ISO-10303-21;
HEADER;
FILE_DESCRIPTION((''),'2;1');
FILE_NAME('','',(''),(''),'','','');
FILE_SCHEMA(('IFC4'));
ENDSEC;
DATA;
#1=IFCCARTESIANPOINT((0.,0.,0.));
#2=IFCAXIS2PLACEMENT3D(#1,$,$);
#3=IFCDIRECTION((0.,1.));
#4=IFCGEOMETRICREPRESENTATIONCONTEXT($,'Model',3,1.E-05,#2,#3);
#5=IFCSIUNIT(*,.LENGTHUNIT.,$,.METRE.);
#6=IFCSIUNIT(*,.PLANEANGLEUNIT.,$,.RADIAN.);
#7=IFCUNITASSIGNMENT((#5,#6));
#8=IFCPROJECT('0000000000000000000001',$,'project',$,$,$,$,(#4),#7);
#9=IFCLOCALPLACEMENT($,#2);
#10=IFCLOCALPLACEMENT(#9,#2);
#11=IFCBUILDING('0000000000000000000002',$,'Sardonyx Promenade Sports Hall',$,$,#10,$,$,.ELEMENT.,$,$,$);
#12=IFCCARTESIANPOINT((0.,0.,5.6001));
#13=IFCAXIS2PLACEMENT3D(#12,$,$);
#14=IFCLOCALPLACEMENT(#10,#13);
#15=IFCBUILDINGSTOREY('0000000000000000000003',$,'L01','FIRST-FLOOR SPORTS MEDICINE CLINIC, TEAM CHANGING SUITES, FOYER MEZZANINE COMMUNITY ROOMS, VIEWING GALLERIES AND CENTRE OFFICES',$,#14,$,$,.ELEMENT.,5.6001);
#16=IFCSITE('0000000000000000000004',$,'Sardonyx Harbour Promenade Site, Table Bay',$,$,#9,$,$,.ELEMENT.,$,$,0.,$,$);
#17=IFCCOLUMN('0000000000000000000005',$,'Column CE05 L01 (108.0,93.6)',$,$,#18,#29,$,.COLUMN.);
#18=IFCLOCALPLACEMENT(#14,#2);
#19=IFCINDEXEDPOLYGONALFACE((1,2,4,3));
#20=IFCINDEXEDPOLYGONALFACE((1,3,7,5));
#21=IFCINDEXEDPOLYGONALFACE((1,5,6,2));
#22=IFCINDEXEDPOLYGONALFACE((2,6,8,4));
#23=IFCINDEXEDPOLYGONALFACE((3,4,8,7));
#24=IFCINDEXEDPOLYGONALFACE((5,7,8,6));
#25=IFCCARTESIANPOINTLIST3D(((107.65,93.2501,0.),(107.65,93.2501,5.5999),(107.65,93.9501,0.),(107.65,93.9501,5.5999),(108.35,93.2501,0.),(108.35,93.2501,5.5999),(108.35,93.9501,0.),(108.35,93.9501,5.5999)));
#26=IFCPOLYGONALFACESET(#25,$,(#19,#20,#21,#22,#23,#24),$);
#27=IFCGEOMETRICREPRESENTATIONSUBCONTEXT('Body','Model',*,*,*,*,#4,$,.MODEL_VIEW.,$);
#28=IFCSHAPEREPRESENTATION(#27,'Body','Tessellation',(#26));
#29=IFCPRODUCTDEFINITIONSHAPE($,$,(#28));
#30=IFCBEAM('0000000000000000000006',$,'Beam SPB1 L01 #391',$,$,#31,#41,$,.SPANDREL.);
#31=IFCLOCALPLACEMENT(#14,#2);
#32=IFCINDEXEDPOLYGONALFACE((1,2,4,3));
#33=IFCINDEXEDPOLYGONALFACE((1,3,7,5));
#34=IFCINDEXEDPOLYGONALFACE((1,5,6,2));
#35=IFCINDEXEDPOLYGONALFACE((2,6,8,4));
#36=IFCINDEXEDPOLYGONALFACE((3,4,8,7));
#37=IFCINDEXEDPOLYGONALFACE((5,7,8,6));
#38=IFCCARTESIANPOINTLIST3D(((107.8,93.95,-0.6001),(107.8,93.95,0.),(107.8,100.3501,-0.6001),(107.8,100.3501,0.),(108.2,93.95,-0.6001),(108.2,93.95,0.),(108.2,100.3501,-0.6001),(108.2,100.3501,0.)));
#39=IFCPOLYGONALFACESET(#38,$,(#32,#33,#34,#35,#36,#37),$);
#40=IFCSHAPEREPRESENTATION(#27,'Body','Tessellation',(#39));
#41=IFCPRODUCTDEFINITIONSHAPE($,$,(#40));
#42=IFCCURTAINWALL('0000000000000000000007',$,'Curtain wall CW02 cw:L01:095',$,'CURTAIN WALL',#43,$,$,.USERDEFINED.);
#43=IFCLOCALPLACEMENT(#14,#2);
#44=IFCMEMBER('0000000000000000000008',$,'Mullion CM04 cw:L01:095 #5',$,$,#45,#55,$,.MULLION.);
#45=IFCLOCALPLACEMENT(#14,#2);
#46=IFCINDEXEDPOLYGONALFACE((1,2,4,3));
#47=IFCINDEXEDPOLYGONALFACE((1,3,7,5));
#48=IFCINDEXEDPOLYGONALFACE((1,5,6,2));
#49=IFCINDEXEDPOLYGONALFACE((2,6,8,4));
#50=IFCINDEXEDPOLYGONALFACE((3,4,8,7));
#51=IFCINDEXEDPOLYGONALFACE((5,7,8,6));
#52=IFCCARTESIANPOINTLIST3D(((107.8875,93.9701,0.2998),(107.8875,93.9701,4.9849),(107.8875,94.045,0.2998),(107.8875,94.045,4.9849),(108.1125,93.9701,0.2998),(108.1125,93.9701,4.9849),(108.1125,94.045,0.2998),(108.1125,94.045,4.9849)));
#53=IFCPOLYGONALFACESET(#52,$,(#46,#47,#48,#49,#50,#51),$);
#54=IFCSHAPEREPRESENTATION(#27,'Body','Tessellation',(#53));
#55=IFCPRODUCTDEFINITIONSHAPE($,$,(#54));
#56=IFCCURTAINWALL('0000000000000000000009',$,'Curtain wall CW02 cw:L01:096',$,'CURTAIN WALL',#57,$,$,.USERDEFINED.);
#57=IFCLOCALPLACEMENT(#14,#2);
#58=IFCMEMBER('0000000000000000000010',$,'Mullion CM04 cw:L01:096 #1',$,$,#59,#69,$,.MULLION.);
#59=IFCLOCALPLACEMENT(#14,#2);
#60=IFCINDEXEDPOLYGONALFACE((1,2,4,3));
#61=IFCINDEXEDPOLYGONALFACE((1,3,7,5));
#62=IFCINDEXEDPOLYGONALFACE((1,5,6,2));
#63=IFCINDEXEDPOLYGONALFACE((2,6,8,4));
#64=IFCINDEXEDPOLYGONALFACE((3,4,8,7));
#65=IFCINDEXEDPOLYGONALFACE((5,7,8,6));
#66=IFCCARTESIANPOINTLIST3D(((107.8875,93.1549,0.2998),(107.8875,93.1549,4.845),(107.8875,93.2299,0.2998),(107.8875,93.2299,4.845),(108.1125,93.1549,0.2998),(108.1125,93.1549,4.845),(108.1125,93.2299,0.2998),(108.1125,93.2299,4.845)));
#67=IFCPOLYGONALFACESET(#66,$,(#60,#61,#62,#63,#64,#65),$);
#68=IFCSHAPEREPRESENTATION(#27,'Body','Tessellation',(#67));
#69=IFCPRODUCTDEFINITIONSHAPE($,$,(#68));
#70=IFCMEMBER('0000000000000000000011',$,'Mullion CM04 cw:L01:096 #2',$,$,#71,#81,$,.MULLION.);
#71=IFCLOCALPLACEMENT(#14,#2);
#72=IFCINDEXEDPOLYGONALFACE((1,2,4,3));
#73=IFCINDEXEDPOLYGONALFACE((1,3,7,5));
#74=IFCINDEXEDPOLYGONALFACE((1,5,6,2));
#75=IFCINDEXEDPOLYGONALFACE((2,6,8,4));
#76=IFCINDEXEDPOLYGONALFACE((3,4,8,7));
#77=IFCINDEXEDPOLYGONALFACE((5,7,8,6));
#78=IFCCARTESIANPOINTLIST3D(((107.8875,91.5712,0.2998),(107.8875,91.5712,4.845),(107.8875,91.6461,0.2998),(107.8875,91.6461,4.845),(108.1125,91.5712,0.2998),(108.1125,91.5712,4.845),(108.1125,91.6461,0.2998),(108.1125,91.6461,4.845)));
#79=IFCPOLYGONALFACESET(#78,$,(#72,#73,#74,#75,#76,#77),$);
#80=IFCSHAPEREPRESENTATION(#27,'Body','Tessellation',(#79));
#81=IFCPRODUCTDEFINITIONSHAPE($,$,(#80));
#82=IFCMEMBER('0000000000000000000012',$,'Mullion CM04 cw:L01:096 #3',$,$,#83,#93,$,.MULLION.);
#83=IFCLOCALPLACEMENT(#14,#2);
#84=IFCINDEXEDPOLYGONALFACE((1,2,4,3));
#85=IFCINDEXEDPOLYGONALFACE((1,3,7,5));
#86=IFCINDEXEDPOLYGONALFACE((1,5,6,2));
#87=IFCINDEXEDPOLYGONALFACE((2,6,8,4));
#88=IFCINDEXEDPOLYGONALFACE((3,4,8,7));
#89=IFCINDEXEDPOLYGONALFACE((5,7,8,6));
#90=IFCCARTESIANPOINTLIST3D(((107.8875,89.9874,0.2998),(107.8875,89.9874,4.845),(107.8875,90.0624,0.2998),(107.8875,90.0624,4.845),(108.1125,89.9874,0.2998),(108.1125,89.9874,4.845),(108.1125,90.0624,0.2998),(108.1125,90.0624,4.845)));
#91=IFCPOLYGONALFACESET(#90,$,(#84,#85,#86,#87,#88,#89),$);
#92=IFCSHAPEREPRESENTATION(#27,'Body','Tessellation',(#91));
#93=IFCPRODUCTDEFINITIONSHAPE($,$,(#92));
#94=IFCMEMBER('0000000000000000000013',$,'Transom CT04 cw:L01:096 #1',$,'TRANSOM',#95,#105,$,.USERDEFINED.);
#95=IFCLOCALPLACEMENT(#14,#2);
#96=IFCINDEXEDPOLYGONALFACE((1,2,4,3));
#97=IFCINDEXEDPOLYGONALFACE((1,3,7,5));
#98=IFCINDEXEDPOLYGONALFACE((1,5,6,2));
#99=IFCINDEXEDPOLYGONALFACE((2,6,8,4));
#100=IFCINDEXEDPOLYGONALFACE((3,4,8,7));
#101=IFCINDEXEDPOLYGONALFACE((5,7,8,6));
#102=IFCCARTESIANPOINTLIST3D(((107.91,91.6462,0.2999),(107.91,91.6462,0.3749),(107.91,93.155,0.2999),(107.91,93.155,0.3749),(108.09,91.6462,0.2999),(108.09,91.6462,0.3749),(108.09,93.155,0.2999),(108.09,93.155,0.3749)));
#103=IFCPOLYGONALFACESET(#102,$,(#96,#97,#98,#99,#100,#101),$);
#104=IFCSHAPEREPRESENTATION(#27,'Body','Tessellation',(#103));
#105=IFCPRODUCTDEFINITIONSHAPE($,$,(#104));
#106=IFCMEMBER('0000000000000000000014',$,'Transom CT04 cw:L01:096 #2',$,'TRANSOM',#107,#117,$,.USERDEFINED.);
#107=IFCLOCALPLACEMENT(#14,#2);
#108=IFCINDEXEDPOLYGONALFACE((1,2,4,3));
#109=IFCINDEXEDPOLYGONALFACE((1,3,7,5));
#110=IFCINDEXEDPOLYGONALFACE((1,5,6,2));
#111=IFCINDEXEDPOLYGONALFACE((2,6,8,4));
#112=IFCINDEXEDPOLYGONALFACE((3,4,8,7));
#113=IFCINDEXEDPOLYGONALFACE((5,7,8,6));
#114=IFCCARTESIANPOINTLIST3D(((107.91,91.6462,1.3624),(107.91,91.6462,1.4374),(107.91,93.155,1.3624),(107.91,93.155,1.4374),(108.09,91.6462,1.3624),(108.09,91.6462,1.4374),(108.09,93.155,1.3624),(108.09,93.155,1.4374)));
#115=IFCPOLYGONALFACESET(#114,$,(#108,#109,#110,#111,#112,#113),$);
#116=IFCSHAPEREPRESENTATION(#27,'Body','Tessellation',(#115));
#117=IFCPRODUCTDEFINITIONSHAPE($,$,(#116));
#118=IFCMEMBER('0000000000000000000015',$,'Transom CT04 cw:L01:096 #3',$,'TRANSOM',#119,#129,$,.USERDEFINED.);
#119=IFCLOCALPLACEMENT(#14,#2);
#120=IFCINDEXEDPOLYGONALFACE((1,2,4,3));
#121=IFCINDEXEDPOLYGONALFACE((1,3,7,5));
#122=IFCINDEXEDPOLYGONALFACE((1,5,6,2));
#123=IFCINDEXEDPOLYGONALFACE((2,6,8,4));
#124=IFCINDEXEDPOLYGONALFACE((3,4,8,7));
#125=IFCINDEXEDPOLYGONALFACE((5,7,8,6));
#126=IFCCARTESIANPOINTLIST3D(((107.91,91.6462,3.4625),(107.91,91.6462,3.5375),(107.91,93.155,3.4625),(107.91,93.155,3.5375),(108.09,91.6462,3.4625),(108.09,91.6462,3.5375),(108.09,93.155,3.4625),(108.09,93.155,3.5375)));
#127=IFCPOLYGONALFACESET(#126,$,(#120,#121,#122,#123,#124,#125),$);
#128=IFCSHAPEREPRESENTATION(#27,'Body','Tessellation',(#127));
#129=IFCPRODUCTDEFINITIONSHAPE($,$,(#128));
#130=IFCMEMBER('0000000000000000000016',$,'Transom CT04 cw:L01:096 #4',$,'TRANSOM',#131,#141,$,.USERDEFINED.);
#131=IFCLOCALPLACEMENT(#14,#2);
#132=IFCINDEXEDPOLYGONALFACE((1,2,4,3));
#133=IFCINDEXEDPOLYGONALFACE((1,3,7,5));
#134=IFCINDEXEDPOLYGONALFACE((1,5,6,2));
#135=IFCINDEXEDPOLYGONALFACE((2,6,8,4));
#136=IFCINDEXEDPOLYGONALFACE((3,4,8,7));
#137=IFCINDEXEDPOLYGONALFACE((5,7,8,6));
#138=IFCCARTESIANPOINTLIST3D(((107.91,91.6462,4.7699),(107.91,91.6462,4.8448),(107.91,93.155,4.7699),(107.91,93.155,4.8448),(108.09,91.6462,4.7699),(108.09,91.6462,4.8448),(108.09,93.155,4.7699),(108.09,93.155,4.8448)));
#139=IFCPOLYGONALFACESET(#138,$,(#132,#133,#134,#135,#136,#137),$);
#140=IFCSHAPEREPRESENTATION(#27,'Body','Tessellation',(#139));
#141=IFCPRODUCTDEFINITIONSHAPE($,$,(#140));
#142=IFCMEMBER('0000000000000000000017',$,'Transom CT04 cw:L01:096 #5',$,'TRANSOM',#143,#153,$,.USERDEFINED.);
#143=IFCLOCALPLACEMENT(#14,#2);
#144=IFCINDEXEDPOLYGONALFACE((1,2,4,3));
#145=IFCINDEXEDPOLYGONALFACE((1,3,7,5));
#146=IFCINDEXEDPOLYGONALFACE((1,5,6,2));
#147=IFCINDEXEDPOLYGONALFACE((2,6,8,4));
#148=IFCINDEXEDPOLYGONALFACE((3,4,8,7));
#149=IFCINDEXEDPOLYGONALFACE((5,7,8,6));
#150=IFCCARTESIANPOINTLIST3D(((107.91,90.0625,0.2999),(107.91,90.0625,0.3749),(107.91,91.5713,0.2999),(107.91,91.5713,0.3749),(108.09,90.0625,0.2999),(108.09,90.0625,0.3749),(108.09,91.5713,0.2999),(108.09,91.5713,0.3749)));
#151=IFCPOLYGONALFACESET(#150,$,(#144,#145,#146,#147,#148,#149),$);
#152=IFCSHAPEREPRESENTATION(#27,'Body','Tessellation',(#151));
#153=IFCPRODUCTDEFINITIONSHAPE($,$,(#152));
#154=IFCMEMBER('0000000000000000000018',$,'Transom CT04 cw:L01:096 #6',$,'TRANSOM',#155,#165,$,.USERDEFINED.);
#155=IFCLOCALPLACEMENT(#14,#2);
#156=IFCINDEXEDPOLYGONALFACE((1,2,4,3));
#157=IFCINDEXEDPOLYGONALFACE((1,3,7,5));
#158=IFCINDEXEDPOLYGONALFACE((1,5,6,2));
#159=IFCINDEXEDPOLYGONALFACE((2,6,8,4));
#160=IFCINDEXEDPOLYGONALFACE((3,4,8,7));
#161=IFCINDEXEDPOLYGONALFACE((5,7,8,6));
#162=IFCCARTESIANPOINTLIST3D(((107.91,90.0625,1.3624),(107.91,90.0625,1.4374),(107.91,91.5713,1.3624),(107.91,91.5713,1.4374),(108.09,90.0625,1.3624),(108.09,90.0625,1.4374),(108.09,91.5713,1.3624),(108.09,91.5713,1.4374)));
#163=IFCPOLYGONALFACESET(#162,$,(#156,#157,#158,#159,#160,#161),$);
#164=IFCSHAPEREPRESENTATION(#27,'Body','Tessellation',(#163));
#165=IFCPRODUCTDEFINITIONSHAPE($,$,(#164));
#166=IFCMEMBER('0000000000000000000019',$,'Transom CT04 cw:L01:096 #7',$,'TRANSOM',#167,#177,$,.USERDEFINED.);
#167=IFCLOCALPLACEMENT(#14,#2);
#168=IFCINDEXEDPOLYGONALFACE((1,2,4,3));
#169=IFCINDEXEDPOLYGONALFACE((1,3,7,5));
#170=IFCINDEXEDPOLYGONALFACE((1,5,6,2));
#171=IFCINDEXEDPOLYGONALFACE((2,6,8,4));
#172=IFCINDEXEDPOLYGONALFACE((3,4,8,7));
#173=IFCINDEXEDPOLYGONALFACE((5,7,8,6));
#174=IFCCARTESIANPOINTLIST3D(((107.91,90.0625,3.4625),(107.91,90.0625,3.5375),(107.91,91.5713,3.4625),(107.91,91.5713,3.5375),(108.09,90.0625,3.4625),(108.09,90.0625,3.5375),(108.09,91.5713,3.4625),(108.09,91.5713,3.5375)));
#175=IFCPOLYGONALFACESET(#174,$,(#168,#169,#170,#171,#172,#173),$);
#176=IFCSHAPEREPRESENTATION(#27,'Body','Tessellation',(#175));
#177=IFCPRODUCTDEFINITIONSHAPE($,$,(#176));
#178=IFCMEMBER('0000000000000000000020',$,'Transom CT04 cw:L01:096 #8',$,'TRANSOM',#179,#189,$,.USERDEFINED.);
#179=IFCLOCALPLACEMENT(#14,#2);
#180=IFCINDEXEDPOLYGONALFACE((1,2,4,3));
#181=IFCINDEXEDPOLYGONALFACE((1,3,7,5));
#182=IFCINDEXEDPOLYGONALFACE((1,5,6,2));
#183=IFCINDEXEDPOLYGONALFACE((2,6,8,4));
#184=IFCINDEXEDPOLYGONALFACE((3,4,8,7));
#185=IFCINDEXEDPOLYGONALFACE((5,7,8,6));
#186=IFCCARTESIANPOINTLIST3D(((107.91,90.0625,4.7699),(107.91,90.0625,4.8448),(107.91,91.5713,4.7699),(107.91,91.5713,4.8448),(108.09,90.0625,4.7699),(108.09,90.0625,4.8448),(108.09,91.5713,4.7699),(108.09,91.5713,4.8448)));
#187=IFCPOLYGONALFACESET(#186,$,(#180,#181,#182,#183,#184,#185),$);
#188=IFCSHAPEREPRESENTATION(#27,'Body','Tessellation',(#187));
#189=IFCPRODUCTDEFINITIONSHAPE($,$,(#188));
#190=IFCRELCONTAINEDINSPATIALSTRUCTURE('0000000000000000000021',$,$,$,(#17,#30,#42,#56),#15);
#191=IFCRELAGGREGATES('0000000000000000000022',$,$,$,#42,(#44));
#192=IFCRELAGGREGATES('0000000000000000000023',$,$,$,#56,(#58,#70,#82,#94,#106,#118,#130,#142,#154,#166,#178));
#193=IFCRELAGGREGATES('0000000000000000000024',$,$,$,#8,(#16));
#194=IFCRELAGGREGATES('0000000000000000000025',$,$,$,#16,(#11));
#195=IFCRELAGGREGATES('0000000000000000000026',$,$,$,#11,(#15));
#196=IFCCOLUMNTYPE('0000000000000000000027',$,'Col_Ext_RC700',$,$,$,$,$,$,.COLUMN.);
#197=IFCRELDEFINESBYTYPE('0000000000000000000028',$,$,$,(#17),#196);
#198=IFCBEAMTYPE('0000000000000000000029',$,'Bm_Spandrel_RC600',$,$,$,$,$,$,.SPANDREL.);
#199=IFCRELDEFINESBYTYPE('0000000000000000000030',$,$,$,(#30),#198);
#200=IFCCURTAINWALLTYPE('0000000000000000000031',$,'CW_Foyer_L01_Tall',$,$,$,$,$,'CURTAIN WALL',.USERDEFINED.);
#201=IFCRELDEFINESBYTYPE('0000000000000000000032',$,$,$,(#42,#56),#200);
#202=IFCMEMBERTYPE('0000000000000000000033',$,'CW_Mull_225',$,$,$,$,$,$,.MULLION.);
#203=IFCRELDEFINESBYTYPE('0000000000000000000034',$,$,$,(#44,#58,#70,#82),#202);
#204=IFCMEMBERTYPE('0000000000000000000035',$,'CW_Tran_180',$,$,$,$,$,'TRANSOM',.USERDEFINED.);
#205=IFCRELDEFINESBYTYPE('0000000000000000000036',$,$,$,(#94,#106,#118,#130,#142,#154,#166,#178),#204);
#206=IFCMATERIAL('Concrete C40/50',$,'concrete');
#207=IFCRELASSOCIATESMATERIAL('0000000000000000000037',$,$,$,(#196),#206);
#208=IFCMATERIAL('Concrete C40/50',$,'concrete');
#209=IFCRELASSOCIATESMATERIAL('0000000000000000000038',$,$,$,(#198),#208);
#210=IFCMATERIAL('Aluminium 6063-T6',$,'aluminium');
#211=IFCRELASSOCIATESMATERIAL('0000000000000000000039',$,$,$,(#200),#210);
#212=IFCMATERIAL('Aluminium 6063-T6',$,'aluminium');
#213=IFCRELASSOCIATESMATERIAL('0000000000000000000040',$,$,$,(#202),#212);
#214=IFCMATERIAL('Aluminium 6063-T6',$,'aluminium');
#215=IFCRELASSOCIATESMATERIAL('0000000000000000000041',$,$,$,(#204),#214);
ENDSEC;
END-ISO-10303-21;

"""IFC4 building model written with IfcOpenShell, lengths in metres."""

from ifc_helpers import new_model, si_unit, direction, frame, origin, origin_2d, place, context, subcontext, project, spatial, rectangle, extrude, material, material_profile, profile_set, type_object, element, aggregate, save


model = new_model("IFC4")

# Units and contexts
model_context = context("Model", 3, precision=1e-05, world=origin(), true_north=direction((0.0, 1.0)))
body_context = subcontext(model_context, "Body", "Model", "MODEL_VIEW")
ifc_project = project(units=[si_unit("LENGTHUNIT", "METRE"), si_unit("PLANEANGLEUNIT", "RADIAN")], contexts=[model_context])

# Site, building, storey
site_placement = place(None, origin())
site = spatial("IfcSite", under=ifc_project, at=site_placement, Name="Sardonyx Harbour Promenade Site, Table Bay", CompositionType="ELEMENT", RefElevation=0.0)
building_placement = place(site_placement, origin())
building = spatial("IfcBuilding", under=site, at=building_placement, Name="Sardonyx Promenade Sports Hall", CompositionType="ELEMENT")
storey_placement = place(building_placement, frame((0.0, 0.0, 5.6001)))
storey = spatial("IfcBuildingStorey", under=building, at=storey_placement, Name="L01", Description="FIRST-FLOOR SPORTS MEDICINE CLINIC, TEAM CHANGING SUITES, FOYER MEZZANINE COMMUNITY ROOMS, VIEWING GALLERIES AND CENTRE OFFICES", CompositionType="ELEMENT", Elevation=5.6001)

# Column
ifc_material_1 = material(Name="Concrete C40/50", Category="concrete")
ifc_material_profile_1 = material_profile(ifc_material_1, rectangle(XDim=0.7, YDim=0.7, at=origin_2d()))
ifc_profile_set_1 = profile_set([ifc_material_profile_1], Name="Concrete C40/50")
column_type = type_object("IfcColumnType", Name="Col_Ext_RC700", PredefinedType="COLUMN", material=ifc_profile_set_1)
column_placement = place(storey_placement, frame((108.0, 93.6001, 0.0), z_axis=(0.0, 0.0, 1.0), x_axis=(1.0, 0.0, 0.0)))
element("IfcColumn", 1, at=column_placement, inside=storey, type_object=column_type, Name="Column CE05 L01 (108.0,93.6)", PredefinedType="COLUMN", context=body_context, shape_type="SweptSolid", body=[
    extrude(rectangle(XDim=0.7, YDim=0.7, at=origin_2d()), origin(), (0.0, 0.0, 1.0), 5.5999),
])

# Beam
ifc_material_2 = material(Name="Concrete C40/50", Category="concrete")
ifc_material_profile_2 = material_profile(ifc_material_2, rectangle(XDim=0.3999, YDim=0.6001, at=origin_2d()))
ifc_profile_set_2 = profile_set([ifc_material_profile_2], Name="Concrete C40/50")
beam_type = type_object("IfcBeamType", Name="Bm_Spandrel_RC600", PredefinedType="SPANDREL", material=ifc_profile_set_2)
beam_placement = place(storey_placement, frame((108.0, 93.95, -0.3), z_axis=(0.0, 1.0, 0.0), x_axis=(-1.0, 0.0, 0.0)))
element("IfcBeam", 2, at=beam_placement, inside=storey, type_object=beam_type, Name="Beam SPB1 L01 #391", PredefinedType="SPANDREL", context=body_context, shape_type="SweptSolid", body=[
    extrude(rectangle(XDim=0.3999, YDim=0.6001, at=origin_2d()), origin(), (0.0, 0.0, 1.0), 6.4001),
])

# Curtain wall, member
ifc_material_3 = material(Name="Aluminium 6063-T6", Category="aluminium")
curtain_wall_type = type_object("IfcCurtainWallType", Name="CW_Foyer_L01_Tall", ElementType="CURTAIN WALL", PredefinedType="USERDEFINED", material=ifc_material_3)
curtain_wall_1_placement = place(storey_placement, origin())
curtain_wall_1 = element("IfcCurtainWall", 3, at=curtain_wall_1_placement, inside=storey, type_object=curtain_wall_type, Name="Curtain wall CW02 cw:L01:095", ObjectType="CURTAIN WALL", PredefinedType="USERDEFINED")
ifc_material_4 = material(Name="Aluminium 6063-T6", Category="aluminium")
ifc_material_profile_3 = material_profile(ifc_material_4, rectangle(XDim=0.075, YDim=0.2251, at=origin_2d()))
ifc_profile_set_3 = profile_set([ifc_material_profile_3], Name="Aluminium 6063-T6")
member_type_1 = type_object("IfcMemberType", Name="CW_Mull_225", PredefinedType="MULLION", material=ifc_profile_set_3)
member_1_placement = place(storey_placement, frame((108.0, 94.0076, 0.2998), z_axis=(0.0, 0.0, 1.0), x_axis=(0.0, -1.0, 0.0)))
member_1 = element("IfcMember", 4, at=member_1_placement, type_object=member_type_1, Name="Mullion CM04 cw:L01:095 #5", PredefinedType="MULLION", context=body_context, shape_type="SweptSolid", body=[
    extrude(rectangle(XDim=0.075, YDim=0.2251, at=origin_2d()), origin(), (0.0, 0.0, 1.0), 4.6851),
])

# Curtain wall, members
curtain_wall_2_placement = place(storey_placement, origin())
curtain_wall_2 = element("IfcCurtainWall", 5, at=curtain_wall_2_placement, inside=storey, type_object=curtain_wall_type, Name="Curtain wall CW02 cw:L01:096", ObjectType="CURTAIN WALL", PredefinedType="USERDEFINED")
member_2_placement = place(storey_placement, frame((108.0, 93.1924, 0.2998), z_axis=(0.0, 0.0, 1.0), x_axis=(0.0, -1.0, 0.0)))
member_2 = element("IfcMember", 6, at=member_2_placement, type_object=member_type_1, Name="Mullion CM04 cw:L01:096 #1", PredefinedType="MULLION", context=body_context, shape_type="SweptSolid", body=[
    extrude(rectangle(XDim=0.075, YDim=0.2251, at=origin_2d()), origin(), (0.0, 0.0, 1.0), 4.5452),
])
member_3_placement = place(storey_placement, frame((108.0, 91.6086, 0.2998), z_axis=(0.0, 0.0, 1.0), x_axis=(0.0, -1.0, 0.0)))
member_3 = element("IfcMember", 7, at=member_3_placement, type_object=member_type_1, Name="Mullion CM04 cw:L01:096 #2", PredefinedType="MULLION", context=body_context, shape_type="SweptSolid", body=[
    extrude(rectangle(XDim=0.075, YDim=0.2251, at=origin_2d()), origin(), (0.0, 0.0, 1.0), 4.5452),
])
member_4_placement = place(storey_placement, frame((108.0, 90.0249, 0.2998), z_axis=(0.0, 0.0, 1.0), x_axis=(0.0, -1.0, 0.0)))
member_4 = element("IfcMember", 8, at=member_4_placement, type_object=member_type_1, Name="Mullion CM04 cw:L01:096 #3", PredefinedType="MULLION", context=body_context, shape_type="SweptSolid", body=[
    extrude(rectangle(XDim=0.075, YDim=0.2251, at=origin_2d()), origin(), (0.0, 0.0, 1.0), 4.5452),
])
ifc_material_5 = material(Name="Aluminium 6063-T6", Category="aluminium")
ifc_material_profile_4 = material_profile(ifc_material_5, rectangle(XDim=0.075, YDim=0.1799, at=origin_2d()))
ifc_profile_set_4 = profile_set([ifc_material_profile_4], Name="Aluminium 6063-T6")
member_type_2 = type_object("IfcMemberType", Name="CW_Tran_180", ElementType="TRANSOM", PredefinedType="USERDEFINED", material=ifc_profile_set_4)
member_5_placement = place(storey_placement, frame((108.0, 93.155, 0.3374), z_axis=(0.0, -1.0, 0.0), x_axis=(0.0, 0.0, 1.0)))
member_5 = element("IfcMember", 9, at=member_5_placement, type_object=member_type_2, Name="Transom CT04 cw:L01:096 #1", ObjectType="TRANSOM", PredefinedType="USERDEFINED", context=body_context, shape_type="SweptSolid", body=[
    extrude(rectangle(XDim=0.075, YDim=0.1799, at=origin_2d()), origin(), (0.0, 0.0, 1.0), 1.5088),
])
member_6_placement = place(storey_placement, frame((108.0, 93.155, 1.3999), z_axis=(0.0, -1.0, 0.0), x_axis=(0.0, 0.0, 1.0)))
member_6 = element("IfcMember", 10, at=member_6_placement, type_object=member_type_2, Name="Transom CT04 cw:L01:096 #2", ObjectType="TRANSOM", PredefinedType="USERDEFINED", context=body_context, shape_type="SweptSolid", body=[
    extrude(rectangle(XDim=0.075, YDim=0.1799, at=origin_2d()), origin(), (0.0, 0.0, 1.0), 1.5088),
])
member_7_placement = place(storey_placement, frame((108.0, 93.155, 3.5), z_axis=(0.0, -1.0, 0.0), x_axis=(0.0, 0.0, 1.0)))
member_7 = element("IfcMember", 11, at=member_7_placement, type_object=member_type_2, Name="Transom CT04 cw:L01:096 #3", ObjectType="TRANSOM", PredefinedType="USERDEFINED", context=body_context, shape_type="SweptSolid", body=[
    extrude(rectangle(XDim=0.075, YDim=0.1799, at=origin_2d()), origin(), (0.0, 0.0, 1.0), 1.5088),
])
member_8_placement = place(storey_placement, frame((108.0, 93.155, 4.8074), z_axis=(0.0, -1.0, 0.0), x_axis=(0.0, 0.0, 1.0)))
member_8 = element("IfcMember", 12, at=member_8_placement, type_object=member_type_2, Name="Transom CT04 cw:L01:096 #4", ObjectType="TRANSOM", PredefinedType="USERDEFINED", context=body_context, shape_type="SweptSolid", body=[
    extrude(rectangle(XDim=0.075, YDim=0.1799, at=origin_2d()), origin(), (0.0, 0.0, 1.0), 1.5088),
])
member_9_placement = place(storey_placement, frame((108.0, 91.5713, 0.3374), z_axis=(0.0, -1.0, 0.0), x_axis=(0.0, 0.0, 1.0)))
member_9 = element("IfcMember", 13, at=member_9_placement, type_object=member_type_2, Name="Transom CT04 cw:L01:096 #5", ObjectType="TRANSOM", PredefinedType="USERDEFINED", context=body_context, shape_type="SweptSolid", body=[
    extrude(rectangle(XDim=0.075, YDim=0.1799, at=origin_2d()), origin(), (0.0, 0.0, 1.0), 1.5088),
])
member_10_placement = place(storey_placement, frame((108.0, 91.5713, 1.3999), z_axis=(0.0, -1.0, 0.0), x_axis=(0.0, 0.0, 1.0)))
member_10 = element("IfcMember", 14, at=member_10_placement, type_object=member_type_2, Name="Transom CT04 cw:L01:096 #6", ObjectType="TRANSOM", PredefinedType="USERDEFINED", context=body_context, shape_type="SweptSolid", body=[
    extrude(rectangle(XDim=0.075, YDim=0.1799, at=origin_2d()), origin(), (0.0, 0.0, 1.0), 1.5088),
])
member_11_placement = place(storey_placement, frame((108.0, 91.5713, 3.5), z_axis=(0.0, -1.0, 0.0), x_axis=(0.0, 0.0, 1.0)))
member_11 = element("IfcMember", 15, at=member_11_placement, type_object=member_type_2, Name="Transom CT04 cw:L01:096 #7", ObjectType="TRANSOM", PredefinedType="USERDEFINED", context=body_context, shape_type="SweptSolid", body=[
    extrude(rectangle(XDim=0.075, YDim=0.1799, at=origin_2d()), origin(), (0.0, 0.0, 1.0), 1.5088),
])
member_12_placement = place(storey_placement, frame((108.0, 91.5713, 4.8074), z_axis=(0.0, -1.0, 0.0), x_axis=(0.0, 0.0, 1.0)))
member_12 = element("IfcMember", 16, at=member_12_placement, type_object=member_type_2, Name="Transom CT04 cw:L01:096 #8", ObjectType="TRANSOM", PredefinedType="USERDEFINED", context=body_context, shape_type="SweptSolid", body=[
    extrude(rectangle(XDim=0.075, YDim=0.1799, at=origin_2d()), origin(), (0.0, 0.0, 1.0), 1.5088),
])

aggregate(curtain_wall_1, [member_1])
aggregate(curtain_wall_2, [member_2, member_3, member_4, member_5, member_6, member_7, member_8, member_9, member_10, member_11, member_12])

save(model, "model.ifc")
